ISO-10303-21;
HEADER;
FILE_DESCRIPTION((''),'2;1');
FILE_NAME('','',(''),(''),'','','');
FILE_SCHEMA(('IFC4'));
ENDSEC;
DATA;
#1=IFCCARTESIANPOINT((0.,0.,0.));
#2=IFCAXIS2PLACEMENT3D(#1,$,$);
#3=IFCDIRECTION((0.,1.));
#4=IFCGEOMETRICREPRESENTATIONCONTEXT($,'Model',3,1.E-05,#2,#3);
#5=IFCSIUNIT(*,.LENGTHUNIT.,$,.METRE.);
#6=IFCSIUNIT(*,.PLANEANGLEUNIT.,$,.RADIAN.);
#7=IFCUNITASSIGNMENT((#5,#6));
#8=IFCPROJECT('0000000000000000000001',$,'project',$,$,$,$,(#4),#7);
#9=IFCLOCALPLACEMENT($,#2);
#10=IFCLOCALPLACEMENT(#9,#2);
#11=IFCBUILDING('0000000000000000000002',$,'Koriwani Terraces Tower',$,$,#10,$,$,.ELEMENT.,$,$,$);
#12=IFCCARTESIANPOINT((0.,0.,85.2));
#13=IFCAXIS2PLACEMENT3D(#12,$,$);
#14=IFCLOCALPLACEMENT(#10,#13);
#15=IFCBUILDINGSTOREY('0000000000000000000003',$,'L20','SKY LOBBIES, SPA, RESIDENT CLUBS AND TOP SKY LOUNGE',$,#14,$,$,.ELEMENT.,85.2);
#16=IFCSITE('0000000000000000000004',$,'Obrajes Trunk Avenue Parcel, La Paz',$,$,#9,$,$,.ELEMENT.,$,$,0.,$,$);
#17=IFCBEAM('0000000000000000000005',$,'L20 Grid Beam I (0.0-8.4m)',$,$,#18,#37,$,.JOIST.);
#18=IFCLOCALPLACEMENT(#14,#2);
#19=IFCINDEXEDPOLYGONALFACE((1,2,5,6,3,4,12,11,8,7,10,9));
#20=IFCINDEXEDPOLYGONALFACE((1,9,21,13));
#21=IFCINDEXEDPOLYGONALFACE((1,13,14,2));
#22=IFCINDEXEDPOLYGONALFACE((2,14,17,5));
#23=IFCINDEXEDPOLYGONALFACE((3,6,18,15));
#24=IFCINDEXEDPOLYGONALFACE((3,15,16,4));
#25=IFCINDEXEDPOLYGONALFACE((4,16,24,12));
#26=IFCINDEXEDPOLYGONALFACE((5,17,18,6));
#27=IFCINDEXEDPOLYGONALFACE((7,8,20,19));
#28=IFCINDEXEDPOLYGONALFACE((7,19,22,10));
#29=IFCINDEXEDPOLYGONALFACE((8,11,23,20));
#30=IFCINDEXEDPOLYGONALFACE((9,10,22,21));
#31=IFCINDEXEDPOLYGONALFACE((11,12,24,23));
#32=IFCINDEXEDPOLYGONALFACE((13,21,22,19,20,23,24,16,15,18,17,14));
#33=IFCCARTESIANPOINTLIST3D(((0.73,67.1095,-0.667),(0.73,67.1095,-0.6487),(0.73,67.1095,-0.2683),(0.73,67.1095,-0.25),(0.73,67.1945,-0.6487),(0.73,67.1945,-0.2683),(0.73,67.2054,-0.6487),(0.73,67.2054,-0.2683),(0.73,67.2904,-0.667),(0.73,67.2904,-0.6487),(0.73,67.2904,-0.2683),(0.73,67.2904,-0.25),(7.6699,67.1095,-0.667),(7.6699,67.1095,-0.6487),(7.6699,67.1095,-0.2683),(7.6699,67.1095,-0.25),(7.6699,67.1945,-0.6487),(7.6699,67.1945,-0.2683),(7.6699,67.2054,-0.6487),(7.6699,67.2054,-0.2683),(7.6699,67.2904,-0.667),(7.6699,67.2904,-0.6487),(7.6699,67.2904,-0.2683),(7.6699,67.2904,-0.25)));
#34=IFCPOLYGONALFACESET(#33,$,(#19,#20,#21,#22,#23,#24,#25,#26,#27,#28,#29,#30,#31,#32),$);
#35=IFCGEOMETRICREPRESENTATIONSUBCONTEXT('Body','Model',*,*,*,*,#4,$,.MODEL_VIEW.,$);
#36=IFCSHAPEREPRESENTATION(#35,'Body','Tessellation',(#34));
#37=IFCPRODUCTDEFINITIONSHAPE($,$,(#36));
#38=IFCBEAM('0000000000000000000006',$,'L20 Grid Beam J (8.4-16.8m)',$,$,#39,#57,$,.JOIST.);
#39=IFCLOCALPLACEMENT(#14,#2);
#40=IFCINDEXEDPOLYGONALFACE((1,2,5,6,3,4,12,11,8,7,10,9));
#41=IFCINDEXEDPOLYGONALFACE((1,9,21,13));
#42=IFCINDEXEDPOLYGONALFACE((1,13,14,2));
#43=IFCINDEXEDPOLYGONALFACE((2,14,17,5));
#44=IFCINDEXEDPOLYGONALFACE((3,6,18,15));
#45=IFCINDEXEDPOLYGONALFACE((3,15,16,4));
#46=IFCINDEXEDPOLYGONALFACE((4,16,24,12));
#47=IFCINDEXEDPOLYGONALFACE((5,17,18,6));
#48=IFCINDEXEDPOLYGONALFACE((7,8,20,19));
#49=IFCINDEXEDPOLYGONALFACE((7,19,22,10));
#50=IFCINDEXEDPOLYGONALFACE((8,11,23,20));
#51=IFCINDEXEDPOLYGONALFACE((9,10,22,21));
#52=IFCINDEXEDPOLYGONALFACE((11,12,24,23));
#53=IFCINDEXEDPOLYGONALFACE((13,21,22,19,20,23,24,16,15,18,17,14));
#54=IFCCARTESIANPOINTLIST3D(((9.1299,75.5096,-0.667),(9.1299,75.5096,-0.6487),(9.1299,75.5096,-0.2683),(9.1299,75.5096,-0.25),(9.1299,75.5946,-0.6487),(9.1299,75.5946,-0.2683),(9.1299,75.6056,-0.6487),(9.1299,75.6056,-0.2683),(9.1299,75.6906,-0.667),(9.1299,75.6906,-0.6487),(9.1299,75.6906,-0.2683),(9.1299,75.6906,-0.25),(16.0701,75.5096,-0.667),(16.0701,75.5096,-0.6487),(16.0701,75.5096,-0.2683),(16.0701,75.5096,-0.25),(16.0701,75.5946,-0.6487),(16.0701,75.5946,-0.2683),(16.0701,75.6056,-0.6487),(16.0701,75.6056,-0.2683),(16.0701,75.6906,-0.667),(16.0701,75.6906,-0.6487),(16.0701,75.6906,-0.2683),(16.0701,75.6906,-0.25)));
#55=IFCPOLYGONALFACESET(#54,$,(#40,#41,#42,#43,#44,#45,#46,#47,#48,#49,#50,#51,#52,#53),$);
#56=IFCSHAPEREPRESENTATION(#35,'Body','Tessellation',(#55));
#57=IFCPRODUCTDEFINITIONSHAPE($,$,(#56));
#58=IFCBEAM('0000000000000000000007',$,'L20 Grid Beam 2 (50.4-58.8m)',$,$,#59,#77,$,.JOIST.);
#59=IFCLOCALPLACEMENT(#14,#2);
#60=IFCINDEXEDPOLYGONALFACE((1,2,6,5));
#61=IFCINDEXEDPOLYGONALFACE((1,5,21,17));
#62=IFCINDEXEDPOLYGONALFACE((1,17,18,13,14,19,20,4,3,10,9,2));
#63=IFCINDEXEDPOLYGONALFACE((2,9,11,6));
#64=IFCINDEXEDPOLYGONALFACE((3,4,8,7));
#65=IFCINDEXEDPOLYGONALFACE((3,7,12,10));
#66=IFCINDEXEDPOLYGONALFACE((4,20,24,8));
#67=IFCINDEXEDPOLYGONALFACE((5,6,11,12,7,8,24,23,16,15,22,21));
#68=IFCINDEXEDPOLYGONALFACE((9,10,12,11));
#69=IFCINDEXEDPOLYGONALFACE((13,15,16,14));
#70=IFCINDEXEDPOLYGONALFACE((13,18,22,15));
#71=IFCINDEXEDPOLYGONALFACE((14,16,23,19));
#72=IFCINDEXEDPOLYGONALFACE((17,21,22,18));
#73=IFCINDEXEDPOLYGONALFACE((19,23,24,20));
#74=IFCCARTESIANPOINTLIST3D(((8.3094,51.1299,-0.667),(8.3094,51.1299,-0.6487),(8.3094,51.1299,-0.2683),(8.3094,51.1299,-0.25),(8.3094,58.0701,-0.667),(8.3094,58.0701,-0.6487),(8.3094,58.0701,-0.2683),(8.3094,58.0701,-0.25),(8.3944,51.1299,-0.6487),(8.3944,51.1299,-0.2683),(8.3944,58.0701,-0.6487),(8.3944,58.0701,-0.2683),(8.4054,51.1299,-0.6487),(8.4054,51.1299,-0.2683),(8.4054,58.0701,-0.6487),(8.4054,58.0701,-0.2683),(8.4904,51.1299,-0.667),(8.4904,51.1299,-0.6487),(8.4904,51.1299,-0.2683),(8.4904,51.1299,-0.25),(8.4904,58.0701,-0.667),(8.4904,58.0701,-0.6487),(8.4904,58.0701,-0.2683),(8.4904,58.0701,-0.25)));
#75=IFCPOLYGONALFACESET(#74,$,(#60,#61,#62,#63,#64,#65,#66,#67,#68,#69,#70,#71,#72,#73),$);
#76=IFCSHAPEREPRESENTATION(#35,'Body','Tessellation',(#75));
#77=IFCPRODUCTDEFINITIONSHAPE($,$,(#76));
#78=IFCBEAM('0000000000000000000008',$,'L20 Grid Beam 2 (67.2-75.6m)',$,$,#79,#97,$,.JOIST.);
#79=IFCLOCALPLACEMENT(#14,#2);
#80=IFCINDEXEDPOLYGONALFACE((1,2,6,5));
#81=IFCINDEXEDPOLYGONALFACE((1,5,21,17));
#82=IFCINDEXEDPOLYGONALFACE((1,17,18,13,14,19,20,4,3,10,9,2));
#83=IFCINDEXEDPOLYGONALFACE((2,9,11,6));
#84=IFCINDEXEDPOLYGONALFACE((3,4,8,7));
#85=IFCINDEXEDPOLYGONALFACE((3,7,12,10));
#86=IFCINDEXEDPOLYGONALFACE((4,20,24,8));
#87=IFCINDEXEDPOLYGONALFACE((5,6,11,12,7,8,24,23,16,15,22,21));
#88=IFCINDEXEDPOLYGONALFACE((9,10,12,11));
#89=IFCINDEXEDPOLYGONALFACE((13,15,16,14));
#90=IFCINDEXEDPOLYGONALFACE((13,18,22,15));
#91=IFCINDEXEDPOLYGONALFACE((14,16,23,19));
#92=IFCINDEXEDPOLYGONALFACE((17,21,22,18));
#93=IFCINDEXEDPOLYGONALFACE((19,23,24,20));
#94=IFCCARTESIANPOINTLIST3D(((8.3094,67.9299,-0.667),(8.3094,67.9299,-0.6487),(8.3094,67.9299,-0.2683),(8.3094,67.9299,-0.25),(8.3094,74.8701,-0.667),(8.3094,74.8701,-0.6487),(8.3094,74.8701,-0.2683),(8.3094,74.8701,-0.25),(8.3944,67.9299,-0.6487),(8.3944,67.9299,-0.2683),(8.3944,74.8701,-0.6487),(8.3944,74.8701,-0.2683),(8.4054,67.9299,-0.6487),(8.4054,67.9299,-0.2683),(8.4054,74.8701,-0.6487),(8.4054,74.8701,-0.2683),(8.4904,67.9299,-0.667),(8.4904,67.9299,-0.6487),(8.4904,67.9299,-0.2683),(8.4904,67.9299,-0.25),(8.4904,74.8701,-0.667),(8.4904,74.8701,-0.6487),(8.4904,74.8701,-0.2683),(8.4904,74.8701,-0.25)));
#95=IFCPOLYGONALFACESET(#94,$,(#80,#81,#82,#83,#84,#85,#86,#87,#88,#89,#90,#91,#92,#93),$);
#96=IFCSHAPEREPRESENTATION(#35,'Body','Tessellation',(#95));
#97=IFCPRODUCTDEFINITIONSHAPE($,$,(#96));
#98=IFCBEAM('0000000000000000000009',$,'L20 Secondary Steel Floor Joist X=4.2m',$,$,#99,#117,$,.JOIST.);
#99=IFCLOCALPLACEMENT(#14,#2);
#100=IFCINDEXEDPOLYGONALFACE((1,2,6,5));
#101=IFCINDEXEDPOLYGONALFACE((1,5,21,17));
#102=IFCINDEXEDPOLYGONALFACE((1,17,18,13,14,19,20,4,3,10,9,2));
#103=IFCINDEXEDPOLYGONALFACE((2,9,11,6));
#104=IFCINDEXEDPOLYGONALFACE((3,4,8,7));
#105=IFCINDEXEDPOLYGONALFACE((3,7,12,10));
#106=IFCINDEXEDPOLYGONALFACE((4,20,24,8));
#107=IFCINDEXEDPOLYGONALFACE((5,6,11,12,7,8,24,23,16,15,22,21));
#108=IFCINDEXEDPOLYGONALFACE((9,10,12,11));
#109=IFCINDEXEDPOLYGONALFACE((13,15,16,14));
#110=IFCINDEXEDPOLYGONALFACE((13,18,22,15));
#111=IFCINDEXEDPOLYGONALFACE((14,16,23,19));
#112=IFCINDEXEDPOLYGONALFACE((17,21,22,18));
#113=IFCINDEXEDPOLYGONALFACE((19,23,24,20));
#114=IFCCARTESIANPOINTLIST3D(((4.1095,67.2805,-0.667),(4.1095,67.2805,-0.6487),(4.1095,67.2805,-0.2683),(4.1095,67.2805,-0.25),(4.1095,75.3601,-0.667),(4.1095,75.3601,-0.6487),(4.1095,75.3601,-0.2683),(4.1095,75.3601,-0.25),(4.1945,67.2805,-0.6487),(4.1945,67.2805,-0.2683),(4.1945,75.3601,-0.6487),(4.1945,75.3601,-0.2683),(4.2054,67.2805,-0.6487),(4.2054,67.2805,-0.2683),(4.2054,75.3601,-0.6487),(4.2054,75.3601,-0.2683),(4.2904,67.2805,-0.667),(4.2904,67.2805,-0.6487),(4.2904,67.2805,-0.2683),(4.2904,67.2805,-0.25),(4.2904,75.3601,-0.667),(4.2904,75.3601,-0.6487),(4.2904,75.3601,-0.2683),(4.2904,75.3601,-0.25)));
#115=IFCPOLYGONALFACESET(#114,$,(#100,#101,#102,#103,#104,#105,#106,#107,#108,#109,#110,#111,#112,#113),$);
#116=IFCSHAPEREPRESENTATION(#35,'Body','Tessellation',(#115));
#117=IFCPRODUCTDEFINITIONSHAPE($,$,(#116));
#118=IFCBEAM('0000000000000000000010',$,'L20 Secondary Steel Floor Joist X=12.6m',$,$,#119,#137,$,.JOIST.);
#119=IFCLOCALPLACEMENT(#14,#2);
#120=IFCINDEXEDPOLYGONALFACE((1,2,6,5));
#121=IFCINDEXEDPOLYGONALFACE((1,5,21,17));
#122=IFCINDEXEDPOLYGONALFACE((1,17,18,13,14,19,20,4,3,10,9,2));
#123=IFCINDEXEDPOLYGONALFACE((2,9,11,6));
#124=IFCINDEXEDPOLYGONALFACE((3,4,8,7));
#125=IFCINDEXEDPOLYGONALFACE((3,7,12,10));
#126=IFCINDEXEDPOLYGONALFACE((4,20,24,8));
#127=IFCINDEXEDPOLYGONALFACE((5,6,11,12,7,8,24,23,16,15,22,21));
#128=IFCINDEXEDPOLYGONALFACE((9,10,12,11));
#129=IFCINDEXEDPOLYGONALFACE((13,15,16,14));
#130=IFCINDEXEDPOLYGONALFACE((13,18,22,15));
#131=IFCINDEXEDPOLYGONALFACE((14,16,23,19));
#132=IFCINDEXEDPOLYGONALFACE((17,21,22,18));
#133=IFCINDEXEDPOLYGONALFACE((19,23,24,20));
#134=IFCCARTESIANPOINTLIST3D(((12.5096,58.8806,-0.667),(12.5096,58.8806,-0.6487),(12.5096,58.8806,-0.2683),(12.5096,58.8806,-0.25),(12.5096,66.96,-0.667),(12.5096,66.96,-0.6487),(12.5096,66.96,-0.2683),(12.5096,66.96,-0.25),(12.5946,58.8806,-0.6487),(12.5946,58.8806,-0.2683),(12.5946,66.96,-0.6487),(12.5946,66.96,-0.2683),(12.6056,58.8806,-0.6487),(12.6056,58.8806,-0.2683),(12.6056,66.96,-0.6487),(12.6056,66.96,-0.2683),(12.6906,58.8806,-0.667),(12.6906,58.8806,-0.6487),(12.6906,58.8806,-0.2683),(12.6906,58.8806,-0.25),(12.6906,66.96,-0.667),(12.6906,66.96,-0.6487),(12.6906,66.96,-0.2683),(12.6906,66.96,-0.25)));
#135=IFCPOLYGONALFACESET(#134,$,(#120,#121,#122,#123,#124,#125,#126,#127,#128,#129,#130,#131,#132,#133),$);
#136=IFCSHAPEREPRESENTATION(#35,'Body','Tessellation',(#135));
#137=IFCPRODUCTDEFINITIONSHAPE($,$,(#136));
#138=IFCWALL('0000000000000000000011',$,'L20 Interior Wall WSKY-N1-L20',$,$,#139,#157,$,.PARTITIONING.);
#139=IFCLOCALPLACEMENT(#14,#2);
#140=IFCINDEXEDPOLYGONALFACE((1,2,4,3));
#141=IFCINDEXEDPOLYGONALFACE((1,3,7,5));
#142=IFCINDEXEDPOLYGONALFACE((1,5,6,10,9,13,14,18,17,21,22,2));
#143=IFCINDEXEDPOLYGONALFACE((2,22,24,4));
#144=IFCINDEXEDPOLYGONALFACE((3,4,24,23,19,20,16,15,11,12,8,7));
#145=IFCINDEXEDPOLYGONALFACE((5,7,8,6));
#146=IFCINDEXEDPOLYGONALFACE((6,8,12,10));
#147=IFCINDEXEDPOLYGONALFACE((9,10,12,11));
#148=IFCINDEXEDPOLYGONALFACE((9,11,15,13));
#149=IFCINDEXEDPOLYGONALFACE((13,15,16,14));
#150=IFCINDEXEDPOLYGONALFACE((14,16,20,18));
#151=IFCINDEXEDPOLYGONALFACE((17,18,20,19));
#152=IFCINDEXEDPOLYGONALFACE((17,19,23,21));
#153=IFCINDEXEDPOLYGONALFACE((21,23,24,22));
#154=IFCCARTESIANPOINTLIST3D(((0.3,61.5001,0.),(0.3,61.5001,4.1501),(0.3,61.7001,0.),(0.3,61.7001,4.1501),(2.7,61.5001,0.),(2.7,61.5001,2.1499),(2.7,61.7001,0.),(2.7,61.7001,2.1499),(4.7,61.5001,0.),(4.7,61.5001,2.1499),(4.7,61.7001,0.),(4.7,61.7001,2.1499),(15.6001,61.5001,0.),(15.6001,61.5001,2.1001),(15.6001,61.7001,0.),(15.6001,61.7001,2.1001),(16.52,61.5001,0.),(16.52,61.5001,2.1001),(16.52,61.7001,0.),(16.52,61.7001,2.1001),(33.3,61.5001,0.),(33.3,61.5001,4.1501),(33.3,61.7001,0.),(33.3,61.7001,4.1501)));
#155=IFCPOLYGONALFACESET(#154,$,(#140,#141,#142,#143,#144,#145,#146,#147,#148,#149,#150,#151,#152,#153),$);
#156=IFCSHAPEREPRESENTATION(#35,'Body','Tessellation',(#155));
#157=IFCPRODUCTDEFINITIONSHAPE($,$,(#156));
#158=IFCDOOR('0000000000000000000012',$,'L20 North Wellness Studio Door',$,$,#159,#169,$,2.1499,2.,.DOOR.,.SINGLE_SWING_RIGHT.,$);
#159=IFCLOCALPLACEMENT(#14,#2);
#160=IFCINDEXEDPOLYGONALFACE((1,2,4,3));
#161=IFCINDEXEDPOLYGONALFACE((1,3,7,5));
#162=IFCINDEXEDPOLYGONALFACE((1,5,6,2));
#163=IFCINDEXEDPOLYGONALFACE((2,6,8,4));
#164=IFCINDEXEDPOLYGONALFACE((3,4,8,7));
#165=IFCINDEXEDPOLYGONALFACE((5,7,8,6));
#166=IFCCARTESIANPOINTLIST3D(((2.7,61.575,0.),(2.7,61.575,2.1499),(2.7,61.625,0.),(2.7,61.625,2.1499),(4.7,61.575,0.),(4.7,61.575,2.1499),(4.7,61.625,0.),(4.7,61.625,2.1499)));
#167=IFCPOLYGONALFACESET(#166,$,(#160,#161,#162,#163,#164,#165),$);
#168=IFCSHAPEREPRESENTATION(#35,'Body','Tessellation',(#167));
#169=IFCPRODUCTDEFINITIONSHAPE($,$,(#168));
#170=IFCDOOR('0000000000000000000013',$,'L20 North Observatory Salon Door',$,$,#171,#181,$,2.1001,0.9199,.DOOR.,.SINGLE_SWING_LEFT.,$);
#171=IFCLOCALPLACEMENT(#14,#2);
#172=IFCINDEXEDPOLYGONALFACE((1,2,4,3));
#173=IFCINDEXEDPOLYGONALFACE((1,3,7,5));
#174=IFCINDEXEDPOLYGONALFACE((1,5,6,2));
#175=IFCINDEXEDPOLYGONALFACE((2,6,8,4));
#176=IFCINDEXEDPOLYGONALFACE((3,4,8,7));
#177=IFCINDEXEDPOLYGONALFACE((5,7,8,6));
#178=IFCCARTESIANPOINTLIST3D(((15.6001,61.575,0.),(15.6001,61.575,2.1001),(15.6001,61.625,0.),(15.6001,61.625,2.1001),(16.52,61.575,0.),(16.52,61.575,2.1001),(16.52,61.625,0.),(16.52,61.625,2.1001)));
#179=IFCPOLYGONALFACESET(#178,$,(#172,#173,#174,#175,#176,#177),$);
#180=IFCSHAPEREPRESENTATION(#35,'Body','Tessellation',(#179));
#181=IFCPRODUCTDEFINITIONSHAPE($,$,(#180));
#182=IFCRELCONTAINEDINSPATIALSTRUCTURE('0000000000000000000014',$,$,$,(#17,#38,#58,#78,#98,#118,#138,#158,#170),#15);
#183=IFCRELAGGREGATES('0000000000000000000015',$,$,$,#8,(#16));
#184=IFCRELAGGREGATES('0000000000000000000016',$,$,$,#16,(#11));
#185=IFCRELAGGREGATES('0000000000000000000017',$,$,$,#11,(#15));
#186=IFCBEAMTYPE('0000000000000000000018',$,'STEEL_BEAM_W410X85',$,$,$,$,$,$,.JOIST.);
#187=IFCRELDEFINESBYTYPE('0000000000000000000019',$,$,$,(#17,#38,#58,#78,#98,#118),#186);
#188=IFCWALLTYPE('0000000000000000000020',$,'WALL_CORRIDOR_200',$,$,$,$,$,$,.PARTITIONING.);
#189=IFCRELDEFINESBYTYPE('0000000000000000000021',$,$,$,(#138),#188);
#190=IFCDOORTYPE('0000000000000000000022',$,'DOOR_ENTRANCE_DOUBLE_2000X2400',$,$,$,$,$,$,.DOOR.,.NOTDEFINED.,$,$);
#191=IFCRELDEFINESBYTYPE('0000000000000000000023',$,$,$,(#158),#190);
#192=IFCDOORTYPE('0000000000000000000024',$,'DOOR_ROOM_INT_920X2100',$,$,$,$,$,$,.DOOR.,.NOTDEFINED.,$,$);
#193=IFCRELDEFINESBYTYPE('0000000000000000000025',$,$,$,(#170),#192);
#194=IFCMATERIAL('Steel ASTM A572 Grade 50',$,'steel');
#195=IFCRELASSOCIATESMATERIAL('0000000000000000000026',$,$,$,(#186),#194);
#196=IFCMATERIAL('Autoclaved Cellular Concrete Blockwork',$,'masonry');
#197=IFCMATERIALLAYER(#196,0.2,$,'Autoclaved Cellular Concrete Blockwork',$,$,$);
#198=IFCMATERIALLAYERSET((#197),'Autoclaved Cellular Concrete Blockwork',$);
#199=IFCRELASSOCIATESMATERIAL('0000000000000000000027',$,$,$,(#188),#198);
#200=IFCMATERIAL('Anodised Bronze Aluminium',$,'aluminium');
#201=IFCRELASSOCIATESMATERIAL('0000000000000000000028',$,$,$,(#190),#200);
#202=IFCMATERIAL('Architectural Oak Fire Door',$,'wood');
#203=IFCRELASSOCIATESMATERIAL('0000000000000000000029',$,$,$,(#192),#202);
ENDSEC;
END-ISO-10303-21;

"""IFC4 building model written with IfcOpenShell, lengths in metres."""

from ifc_helpers import new_model, si_unit, direction, frame, frame_2d, origin, origin_2d, place, context, subcontext, project, spatial, rectangle, i_section, extrude, material, layer, layer_set, material_profile, profile_set, type_object, element, fill, save


model = new_model("IFC4")

# Units and contexts
model_context = context("Model", 3, precision=1e-05, world=origin(), true_north=direction((0.0, 1.0)))
body_context = subcontext(model_context, "Body", "Model", "MODEL_VIEW")
ifc_project = project(units=[si_unit("LENGTHUNIT", "METRE"), si_unit("PLANEANGLEUNIT", "RADIAN")], contexts=[model_context])

# Site, building, storey
site_placement = place(None, origin())
site = spatial("IfcSite", under=ifc_project, at=site_placement, Name="Obrajes Trunk Avenue Parcel, La Paz", CompositionType="ELEMENT", RefElevation=0.0)
building_placement = place(site_placement, origin())
building = spatial("IfcBuilding", under=site, at=building_placement, Name="Koriwani Terraces Tower", CompositionType="ELEMENT")
storey_placement = place(building_placement, frame((0.0, 0.0, 85.2)))
storey = spatial("IfcBuildingStorey", under=building, at=storey_placement, Name="L20", Description="SKY LOBBIES, SPA, RESIDENT CLUBS AND TOP SKY LOUNGE", CompositionType="ELEMENT", Elevation=85.2)

# Beams
ifc_material_1 = material(Name="Steel ASTM A572 Grade 50", Category="steel")
ifc_material_profile_1 = material_profile(ifc_material_1, i_section(OverallWidth=0.1809, OverallDepth=0.417, WebThickness=0.011, FlangeThickness=0.0183, at=origin_2d()), Name="Steel ASTM A572 Grade 50", Category="LoadBearing")
ifc_profile_set_1 = profile_set([ifc_material_profile_1], Name="Steel ASTM A572 Grade 50")
beam_type_1 = type_object("IfcBeamType", Name="STEEL_BEAM_W410X85", PredefinedType="JOIST", material=ifc_profile_set_1)
beam_1_placement = place(storey_placement, frame((0.73, 67.2, -0.4585), z_axis=(1.0, 0.0, 0.0), x_axis=(0.0, 1.0, 0.0)))
element("IfcBeam", 1, at=beam_1_placement, inside=storey, type_object=beam_type_1, Name="L20 Grid Beam I (0.0-8.4m)", PredefinedType="JOIST", context=body_context, shape_type="SweptSolid", body=[
    extrude(i_section(OverallWidth=0.1809, OverallDepth=0.417, WebThickness=0.011, FlangeThickness=0.0183, at=origin_2d()), origin(), (0.0, 0.0, 1.0), 6.9399),
])
for number, where, z_axis, x_axis, name in (
    (2, (9.1299, 75.6001, -0.4585), (1.0, 0.0, 0.0), (0.0, 1.0, 0.0), "L20 Grid Beam J (8.4-16.8m)"),
    (3, (8.3999, 51.1299, -0.4585), (0.0, 1.0, 0.0), (-1.0, 0.0, 0.0), "L20 Grid Beam 2 (50.4-58.8m)"),
    (4, (8.3999, 67.9299, -0.4585), (0.0, 1.0, 0.0), (-1.0, 0.0, 0.0), "L20 Grid Beam 2 (67.2-75.6m)"),
):
    element("IfcBeam", number, at=place(storey_placement, frame(where, z_axis=z_axis, x_axis=x_axis)), inside=storey, type_object=beam_type_1, Name=name, PredefinedType="JOIST", context=body_context, shape_type="SweptSolid", body=[
        extrude(i_section(OverallWidth=0.1809, OverallDepth=0.417, WebThickness=0.011, FlangeThickness=0.0183, at=origin_2d()), origin(), (0.0, 0.0, 1.0), 6.9402),
    ])
beam_2_placement = place(storey_placement, frame((4.2, 67.2805, -0.4585), z_axis=(0.0, 1.0, 0.0), x_axis=(-1.0, 0.0, 0.0)))
element("IfcBeam", 5, at=beam_2_placement, inside=storey, type_object=beam_type_1, Name="L20 Secondary Steel Floor Joist X=4.2m", PredefinedType="JOIST", context=body_context, shape_type="SweptSolid", body=[
    extrude(i_section(OverallWidth=0.1809, OverallDepth=0.417, WebThickness=0.011, FlangeThickness=0.0183, at=origin_2d()), origin(), (0.0, 0.0, 1.0), 8.0796),
])
beam_3_placement = place(storey_placement, frame((12.6001, 58.8806, -0.4585), z_axis=(0.0, 1.0, 0.0), x_axis=(-1.0, 0.0, 0.0)))
element("IfcBeam", 6, at=beam_3_placement, inside=storey, type_object=beam_type_1, Name="L20 Secondary Steel Floor Joist X=12.6m", PredefinedType="JOIST", context=body_context, shape_type="SweptSolid", body=[
    extrude(i_section(OverallWidth=0.1809, OverallDepth=0.417, WebThickness=0.011, FlangeThickness=0.0183, at=origin_2d()), origin(), (0.0, 0.0, 1.0), 8.0793),
])

# Wall, openings, doors
ifc_material_2 = material(Name="Autoclaved Cellular Concrete Blockwork", Category="masonry")
ifc_layer_1 = layer(ifc_material_2, 0.2, Name="Autoclaved Cellular Concrete Blockwork")
ifc_layer_set_1 = layer_set([ifc_layer_1], Name="Autoclaved Cellular Concrete Blockwork")
wall_type_1 = type_object("IfcWallType", Name="WALL_CORRIDOR_200", PredefinedType="PARTITIONING", material=ifc_layer_set_1)
wall_1_placement = place(storey_placement, frame((0.3, 61.6001, 0.0), z_axis=(0.0, 0.0, 1.0), x_axis=(1.0, 0.0, 0.0)))
wall_1 = element("IfcWall", 7, at=wall_1_placement, inside=storey, type_object=wall_type_1, Name="L20 Interior Wall WSKY-N1-L20", PredefinedType="PARTITIONING", context=body_context, shape_type="SweptSolid", body=[
    extrude(rectangle(XDim=33.0, YDim=0.2, at=frame_2d((16.5, 0.0))), origin(), (0.0, 0.0, 1.0), 4.1501),
])
opening_1_placement = place(wall_1_placement, frame((2.3999, 0.0, 0.0)))
opening_1 = element("IfcOpeningElement", 8, at=opening_1_placement, cuts=wall_1, PredefinedType="OPENING", context=body_context, shape_type="SweptSolid", body=[
    extrude(rectangle(XDim=2.0, YDim=2.1499, at=frame_2d((1.0, 1.075))), frame((0.0, 0.1099, 0.0), z_axis=(0.0, -1.0, 0.0), x_axis=(1.0, 0.0, 0.0)), (0.0, 0.0, 1.0), 0.22),
])
opening_2_placement = place(wall_1_placement, frame((15.3, 0.0, 0.0)))
opening_2 = element("IfcOpeningElement", 9, at=opening_2_placement, cuts=wall_1, PredefinedType="OPENING", context=body_context, shape_type="SweptSolid", body=[
    extrude(rectangle(XDim=0.9199, YDim=2.1001, at=frame_2d((0.46, 1.05))), frame((0.0, 0.1099, 0.0), z_axis=(0.0, -1.0, 0.0), x_axis=(1.0, 0.0, 0.0)), (0.0, 0.0, 1.0), 0.22),
])
ifc_material_3 = material(Name="Anodised Bronze Aluminium", Category="aluminium")
door_type_1 = type_object("IfcDoorType", Name="DOOR_ENTRANCE_DOUBLE_2000X2400", OperationType="NOTDEFINED", PredefinedType="DOOR", material=ifc_material_3)
door_1_placement = place(opening_1_placement, origin())
door_1 = element("IfcDoor", 10, at=door_1_placement, inside=storey, type_object=door_type_1, Name="L20 North Wellness Studio Door", OperationType="SINGLE_SWING_RIGHT", OverallHeight=2.1499, OverallWidth=2.0, PredefinedType="DOOR", context=body_context, shape_type="SweptSolid", body=[
    extrude(rectangle(XDim=2.0, YDim=2.1499, at=frame_2d((1.0, 1.075))), frame((0.0, 0.0249, 0.0), z_axis=(0.0, -1.0, 0.0), x_axis=(1.0, 0.0, 0.0)), (0.0, 0.0, 1.0), 0.05),
])
fill(opening_1, door_1)
ifc_material_4 = material(Name="Architectural Oak Fire Door", Category="wood")
door_type_2 = type_object("IfcDoorType", Name="DOOR_ROOM_INT_920X2100", OperationType="NOTDEFINED", PredefinedType="DOOR", material=ifc_material_4)
door_2_placement = place(opening_2_placement, origin())
door_2 = element("IfcDoor", 11, at=door_2_placement, inside=storey, type_object=door_type_2, Name="L20 North Observatory Salon Door", OperationType="SINGLE_SWING_LEFT", OverallHeight=2.1001, OverallWidth=0.9199, PredefinedType="DOOR", context=body_context, shape_type="SweptSolid", body=[
    extrude(rectangle(XDim=0.9199, YDim=2.1001, at=frame_2d((0.46, 1.05))), frame((0.0, 0.0249, 0.0), z_axis=(0.0, -1.0, 0.0), x_axis=(1.0, 0.0, 0.0)), (0.0, 0.0, 1.0), 0.05),
])
fill(opening_2, door_2)

save(model, "model.ifc")
